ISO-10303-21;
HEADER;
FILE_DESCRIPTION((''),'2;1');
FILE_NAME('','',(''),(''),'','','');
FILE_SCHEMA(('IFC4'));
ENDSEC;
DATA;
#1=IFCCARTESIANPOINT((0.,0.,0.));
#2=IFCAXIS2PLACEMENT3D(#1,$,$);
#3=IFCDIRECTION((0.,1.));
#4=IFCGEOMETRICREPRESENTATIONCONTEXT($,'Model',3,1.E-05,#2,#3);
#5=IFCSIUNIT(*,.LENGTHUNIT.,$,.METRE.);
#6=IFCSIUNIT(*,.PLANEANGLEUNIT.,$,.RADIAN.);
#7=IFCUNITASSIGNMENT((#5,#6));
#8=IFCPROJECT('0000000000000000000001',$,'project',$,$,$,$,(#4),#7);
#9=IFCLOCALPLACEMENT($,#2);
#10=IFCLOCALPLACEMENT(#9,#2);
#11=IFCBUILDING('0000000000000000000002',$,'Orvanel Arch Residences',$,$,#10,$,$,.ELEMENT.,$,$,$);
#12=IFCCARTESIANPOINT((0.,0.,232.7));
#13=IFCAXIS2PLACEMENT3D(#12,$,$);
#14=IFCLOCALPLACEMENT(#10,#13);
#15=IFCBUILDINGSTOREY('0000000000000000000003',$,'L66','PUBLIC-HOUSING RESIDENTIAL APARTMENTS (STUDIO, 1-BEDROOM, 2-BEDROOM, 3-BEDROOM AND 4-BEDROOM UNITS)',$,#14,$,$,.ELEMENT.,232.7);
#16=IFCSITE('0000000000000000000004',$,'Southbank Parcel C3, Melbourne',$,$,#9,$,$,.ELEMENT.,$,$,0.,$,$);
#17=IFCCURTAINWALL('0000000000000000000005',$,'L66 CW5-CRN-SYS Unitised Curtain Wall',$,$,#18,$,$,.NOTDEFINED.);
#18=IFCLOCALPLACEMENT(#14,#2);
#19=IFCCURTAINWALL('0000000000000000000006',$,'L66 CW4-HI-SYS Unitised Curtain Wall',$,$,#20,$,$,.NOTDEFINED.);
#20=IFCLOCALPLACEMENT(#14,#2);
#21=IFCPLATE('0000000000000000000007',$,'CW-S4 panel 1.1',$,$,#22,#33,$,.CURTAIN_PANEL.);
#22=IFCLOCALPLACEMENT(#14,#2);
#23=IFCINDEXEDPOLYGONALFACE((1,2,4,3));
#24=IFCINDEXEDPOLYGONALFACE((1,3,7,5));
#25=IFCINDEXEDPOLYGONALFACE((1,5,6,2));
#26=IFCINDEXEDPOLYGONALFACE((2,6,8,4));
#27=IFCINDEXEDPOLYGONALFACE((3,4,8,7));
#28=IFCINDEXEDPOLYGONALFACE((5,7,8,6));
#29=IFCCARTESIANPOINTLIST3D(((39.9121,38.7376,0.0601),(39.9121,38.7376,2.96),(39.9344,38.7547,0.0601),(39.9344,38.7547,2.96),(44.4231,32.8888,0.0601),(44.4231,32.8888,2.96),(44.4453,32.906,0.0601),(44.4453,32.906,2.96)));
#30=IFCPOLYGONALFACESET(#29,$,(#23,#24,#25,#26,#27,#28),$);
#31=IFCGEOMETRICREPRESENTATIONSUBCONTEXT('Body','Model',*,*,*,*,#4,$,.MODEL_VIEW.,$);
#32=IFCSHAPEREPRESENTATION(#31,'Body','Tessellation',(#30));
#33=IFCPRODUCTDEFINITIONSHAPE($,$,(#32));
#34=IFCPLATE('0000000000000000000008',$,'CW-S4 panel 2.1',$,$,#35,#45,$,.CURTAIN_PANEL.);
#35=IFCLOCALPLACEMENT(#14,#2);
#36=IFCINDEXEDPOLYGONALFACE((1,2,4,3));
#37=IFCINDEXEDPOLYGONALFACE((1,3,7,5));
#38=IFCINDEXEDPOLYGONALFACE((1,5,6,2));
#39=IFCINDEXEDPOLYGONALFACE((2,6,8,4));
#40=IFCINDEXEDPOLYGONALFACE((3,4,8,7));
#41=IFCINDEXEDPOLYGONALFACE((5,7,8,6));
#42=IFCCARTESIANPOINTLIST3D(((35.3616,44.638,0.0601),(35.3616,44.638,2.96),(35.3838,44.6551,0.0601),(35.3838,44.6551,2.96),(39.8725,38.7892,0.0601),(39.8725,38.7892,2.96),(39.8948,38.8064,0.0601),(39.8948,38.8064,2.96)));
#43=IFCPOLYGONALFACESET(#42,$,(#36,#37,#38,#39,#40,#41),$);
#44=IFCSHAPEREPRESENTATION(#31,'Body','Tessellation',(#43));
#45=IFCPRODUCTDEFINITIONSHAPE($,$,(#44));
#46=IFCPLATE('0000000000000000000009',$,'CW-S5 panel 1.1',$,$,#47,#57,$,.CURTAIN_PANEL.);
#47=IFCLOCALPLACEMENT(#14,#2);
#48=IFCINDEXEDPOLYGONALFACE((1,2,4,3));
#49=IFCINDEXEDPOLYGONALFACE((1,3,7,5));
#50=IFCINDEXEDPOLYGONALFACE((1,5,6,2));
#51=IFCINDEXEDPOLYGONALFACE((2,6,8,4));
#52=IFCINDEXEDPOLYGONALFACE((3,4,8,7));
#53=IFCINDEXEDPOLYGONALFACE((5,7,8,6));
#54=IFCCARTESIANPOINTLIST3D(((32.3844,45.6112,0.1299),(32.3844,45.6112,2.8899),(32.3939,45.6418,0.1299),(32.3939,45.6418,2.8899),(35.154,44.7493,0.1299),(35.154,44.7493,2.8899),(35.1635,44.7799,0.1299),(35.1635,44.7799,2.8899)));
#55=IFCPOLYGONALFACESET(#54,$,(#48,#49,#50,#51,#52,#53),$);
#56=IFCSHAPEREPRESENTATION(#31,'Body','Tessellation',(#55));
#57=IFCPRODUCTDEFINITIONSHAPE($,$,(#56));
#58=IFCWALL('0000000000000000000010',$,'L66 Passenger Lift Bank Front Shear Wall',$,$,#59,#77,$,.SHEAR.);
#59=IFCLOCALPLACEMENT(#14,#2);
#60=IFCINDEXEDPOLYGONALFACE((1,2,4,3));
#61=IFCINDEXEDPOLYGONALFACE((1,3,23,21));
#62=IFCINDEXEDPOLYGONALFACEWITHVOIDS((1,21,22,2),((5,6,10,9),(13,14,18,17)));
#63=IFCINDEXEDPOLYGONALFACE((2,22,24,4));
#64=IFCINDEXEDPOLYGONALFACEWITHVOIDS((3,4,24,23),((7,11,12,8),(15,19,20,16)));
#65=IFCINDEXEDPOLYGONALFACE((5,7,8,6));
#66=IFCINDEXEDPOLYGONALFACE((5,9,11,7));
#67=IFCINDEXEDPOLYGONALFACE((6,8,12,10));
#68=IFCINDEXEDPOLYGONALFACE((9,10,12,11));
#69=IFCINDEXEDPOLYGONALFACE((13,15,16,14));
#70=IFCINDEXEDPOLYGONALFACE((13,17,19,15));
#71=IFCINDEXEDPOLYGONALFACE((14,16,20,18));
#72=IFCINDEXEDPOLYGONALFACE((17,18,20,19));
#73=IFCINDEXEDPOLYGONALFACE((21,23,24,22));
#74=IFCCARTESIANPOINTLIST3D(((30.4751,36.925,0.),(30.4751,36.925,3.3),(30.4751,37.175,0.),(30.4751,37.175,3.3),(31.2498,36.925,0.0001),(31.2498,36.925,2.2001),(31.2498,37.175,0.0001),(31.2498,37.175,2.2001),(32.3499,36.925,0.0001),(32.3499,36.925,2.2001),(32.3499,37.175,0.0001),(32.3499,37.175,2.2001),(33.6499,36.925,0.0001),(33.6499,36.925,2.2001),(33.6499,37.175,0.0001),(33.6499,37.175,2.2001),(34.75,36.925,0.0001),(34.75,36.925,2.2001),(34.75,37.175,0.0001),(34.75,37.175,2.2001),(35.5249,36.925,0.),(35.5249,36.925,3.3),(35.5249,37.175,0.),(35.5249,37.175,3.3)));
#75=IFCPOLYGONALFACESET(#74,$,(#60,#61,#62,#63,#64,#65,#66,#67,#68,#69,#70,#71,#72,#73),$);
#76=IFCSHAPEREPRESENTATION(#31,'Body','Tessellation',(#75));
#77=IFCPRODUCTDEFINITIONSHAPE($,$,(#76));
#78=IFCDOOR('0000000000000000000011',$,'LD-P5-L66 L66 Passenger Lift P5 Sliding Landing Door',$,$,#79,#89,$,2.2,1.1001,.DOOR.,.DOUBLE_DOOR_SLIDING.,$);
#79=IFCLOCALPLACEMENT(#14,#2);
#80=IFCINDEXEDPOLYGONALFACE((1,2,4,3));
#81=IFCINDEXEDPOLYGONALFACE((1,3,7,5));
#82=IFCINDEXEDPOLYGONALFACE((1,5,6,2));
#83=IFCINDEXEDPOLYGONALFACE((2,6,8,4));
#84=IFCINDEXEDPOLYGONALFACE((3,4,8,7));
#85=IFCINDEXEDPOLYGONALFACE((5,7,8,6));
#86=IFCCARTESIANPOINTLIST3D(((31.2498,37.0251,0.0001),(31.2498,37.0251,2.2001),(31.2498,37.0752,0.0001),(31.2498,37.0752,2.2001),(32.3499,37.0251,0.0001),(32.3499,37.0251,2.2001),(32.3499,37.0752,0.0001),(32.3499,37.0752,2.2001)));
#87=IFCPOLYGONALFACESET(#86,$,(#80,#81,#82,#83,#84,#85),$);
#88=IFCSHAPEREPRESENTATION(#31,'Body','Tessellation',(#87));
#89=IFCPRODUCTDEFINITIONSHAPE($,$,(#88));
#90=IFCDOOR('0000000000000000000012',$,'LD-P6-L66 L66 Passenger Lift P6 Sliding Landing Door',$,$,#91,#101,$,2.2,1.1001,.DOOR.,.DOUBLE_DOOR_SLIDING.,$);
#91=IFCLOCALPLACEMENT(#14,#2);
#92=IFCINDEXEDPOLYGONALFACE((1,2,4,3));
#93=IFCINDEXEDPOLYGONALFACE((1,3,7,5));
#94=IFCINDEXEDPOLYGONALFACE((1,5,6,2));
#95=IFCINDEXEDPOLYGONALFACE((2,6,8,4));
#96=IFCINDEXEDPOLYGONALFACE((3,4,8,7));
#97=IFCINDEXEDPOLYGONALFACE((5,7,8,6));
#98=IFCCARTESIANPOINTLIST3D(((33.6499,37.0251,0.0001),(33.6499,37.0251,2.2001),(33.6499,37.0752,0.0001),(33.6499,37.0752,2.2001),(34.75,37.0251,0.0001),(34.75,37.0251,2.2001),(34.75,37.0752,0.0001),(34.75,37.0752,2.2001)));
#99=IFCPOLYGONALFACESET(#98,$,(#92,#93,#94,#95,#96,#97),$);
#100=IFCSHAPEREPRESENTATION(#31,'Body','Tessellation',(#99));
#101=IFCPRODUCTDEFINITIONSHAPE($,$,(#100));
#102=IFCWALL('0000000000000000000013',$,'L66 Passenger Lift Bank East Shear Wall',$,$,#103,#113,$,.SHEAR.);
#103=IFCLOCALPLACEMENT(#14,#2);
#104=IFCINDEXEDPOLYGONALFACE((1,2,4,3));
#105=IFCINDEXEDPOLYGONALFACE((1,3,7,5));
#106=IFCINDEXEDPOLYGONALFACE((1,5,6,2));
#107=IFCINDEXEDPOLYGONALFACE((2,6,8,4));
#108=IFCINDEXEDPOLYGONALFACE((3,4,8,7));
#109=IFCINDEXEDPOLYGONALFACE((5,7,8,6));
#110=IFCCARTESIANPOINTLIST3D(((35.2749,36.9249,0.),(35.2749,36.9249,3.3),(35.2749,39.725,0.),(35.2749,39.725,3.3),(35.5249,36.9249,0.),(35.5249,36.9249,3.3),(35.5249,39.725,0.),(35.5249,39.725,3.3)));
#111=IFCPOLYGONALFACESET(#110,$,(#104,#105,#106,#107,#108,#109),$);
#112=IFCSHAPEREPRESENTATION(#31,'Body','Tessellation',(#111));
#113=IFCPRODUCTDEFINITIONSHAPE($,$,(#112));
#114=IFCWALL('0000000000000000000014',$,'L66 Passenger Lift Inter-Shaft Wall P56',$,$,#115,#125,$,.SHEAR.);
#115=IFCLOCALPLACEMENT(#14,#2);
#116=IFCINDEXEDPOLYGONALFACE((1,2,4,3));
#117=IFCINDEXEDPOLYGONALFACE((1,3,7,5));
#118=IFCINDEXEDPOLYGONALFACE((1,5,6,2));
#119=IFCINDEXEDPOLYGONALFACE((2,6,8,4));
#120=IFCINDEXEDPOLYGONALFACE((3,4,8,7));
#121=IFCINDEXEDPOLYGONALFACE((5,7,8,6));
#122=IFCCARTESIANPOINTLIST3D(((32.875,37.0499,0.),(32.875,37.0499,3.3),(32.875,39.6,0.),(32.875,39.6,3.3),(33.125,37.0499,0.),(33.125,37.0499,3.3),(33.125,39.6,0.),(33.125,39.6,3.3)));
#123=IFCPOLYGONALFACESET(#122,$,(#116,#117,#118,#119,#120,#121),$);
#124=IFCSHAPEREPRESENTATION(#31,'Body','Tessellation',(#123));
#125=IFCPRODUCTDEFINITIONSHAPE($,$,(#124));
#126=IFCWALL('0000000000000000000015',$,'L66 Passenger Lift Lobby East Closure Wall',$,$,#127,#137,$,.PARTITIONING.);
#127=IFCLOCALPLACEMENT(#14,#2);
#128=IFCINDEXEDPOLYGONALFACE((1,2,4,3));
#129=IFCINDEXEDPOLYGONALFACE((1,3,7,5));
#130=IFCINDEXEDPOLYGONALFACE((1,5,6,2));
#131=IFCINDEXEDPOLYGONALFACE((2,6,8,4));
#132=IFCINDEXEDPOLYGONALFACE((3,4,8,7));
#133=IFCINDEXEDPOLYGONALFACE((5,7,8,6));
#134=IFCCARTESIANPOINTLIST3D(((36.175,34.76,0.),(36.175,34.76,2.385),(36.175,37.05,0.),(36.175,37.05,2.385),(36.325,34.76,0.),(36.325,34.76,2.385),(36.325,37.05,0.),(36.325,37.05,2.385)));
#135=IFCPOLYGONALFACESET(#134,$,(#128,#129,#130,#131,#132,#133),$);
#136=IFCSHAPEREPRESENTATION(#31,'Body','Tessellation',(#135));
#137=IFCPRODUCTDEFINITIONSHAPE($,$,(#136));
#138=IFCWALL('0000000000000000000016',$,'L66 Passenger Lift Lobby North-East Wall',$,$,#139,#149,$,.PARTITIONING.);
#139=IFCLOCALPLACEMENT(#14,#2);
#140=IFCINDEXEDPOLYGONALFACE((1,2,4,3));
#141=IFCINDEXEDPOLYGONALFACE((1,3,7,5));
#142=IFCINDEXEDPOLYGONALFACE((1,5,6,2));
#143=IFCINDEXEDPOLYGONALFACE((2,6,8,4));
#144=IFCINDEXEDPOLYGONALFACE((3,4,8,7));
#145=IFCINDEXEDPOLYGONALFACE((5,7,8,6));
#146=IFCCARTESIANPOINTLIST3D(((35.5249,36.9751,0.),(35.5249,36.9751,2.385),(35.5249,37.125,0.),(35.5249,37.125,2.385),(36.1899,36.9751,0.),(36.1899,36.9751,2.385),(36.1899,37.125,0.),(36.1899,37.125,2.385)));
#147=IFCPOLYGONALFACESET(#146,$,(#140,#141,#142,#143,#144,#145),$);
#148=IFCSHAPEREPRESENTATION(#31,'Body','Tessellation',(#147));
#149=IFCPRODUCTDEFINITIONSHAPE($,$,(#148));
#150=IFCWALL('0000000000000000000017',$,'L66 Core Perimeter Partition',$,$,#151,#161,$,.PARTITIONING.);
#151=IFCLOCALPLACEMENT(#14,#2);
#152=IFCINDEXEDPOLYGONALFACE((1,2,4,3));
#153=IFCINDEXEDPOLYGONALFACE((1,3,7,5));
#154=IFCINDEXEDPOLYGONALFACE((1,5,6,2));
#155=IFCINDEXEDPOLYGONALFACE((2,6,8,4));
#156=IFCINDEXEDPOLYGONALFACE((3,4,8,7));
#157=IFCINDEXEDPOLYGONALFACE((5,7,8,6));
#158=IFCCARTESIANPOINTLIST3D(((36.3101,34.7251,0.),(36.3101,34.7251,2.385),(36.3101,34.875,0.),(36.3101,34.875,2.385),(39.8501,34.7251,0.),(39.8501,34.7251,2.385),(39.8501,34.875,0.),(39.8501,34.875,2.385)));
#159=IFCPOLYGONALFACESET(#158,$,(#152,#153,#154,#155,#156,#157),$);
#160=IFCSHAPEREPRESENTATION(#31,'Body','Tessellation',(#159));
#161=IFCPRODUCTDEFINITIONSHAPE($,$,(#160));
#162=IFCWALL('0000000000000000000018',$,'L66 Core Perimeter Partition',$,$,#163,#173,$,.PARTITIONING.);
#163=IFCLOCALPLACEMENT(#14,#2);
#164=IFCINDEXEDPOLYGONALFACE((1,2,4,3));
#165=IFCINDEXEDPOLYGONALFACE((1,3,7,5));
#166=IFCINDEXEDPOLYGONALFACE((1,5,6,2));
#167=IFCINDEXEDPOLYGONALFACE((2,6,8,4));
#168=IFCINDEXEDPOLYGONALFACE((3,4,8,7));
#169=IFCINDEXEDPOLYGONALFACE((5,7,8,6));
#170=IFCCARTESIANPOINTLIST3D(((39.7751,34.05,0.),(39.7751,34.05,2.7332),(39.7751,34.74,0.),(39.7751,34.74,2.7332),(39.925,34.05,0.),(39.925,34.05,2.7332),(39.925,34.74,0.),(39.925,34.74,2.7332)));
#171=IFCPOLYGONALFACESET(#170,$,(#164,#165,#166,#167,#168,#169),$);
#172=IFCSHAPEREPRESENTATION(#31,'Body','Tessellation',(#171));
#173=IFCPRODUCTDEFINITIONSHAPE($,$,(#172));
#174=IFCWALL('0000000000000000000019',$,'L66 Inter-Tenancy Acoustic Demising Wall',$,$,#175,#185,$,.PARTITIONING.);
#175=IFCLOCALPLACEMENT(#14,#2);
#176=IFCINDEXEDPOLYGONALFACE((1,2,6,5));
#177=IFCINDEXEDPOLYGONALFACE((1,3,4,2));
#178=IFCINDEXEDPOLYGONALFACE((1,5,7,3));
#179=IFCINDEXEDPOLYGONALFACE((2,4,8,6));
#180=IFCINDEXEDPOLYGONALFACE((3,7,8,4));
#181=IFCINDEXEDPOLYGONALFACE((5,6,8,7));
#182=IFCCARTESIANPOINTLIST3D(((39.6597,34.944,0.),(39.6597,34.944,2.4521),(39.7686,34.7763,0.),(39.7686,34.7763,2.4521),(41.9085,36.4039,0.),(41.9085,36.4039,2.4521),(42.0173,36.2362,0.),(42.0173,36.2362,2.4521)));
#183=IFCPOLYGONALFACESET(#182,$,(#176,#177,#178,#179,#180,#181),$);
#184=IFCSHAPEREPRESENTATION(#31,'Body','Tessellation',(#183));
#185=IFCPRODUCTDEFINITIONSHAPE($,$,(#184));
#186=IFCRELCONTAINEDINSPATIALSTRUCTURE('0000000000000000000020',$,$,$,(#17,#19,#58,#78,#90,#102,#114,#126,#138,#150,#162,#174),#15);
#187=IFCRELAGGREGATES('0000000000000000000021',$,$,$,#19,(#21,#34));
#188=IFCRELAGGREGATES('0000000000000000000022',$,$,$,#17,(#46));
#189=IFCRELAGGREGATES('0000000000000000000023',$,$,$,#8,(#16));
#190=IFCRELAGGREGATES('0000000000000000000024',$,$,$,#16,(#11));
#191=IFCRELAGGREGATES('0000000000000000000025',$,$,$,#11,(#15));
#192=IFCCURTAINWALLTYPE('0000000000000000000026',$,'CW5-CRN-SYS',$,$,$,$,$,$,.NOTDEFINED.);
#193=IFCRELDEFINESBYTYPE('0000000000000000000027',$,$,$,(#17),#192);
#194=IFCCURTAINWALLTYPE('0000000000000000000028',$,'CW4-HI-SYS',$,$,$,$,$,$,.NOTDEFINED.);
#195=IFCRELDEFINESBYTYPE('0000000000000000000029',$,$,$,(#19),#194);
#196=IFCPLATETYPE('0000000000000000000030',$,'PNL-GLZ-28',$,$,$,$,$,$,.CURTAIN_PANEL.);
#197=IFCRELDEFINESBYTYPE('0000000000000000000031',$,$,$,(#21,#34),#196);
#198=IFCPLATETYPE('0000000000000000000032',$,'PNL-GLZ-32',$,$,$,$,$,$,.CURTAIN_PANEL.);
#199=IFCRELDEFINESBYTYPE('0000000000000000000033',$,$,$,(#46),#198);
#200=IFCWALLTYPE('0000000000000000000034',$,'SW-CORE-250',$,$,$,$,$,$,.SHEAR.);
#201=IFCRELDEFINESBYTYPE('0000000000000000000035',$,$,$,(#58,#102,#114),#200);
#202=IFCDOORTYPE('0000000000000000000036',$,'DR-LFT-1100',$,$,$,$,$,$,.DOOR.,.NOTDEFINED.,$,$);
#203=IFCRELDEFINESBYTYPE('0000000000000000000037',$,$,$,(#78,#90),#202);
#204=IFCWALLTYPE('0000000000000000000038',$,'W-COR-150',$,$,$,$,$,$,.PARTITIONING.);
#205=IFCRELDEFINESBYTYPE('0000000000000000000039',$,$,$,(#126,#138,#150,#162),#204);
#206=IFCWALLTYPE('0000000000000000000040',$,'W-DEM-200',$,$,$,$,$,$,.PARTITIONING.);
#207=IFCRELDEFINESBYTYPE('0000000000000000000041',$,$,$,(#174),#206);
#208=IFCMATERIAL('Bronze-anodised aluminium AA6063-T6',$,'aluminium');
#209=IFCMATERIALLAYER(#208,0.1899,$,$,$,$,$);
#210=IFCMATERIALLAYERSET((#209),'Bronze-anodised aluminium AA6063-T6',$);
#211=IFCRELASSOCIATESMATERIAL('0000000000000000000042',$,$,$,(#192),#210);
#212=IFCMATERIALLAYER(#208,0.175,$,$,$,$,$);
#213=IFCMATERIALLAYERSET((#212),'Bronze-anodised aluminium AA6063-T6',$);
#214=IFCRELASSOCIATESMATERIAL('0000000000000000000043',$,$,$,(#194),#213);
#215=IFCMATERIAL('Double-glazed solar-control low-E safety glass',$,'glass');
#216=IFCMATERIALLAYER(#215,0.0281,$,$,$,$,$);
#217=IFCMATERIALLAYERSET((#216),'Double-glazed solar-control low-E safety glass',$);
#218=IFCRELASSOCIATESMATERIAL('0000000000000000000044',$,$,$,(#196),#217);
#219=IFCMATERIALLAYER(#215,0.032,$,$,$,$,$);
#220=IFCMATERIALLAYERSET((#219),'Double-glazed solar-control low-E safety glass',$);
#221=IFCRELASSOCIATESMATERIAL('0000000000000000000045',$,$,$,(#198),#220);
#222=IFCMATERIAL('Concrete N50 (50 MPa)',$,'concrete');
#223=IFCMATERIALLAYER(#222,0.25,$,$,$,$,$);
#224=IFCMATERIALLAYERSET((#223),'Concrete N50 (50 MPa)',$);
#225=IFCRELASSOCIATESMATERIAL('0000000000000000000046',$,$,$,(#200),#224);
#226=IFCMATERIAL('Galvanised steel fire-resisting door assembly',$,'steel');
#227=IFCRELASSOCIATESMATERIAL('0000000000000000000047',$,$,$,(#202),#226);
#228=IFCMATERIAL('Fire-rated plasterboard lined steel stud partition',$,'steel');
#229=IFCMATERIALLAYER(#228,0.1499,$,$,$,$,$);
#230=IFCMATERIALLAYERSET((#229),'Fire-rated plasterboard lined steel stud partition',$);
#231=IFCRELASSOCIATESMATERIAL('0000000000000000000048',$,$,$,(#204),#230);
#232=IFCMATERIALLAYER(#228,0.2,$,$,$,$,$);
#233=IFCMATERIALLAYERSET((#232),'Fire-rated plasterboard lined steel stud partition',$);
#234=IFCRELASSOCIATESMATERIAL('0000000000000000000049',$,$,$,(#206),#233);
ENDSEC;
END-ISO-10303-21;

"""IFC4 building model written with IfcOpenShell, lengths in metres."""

from ifc_helpers import new_model, si_unit, direction, frame, frame_2d, origin, origin_2d, place, context, subcontext, project, spatial, rectangle, extrude, material, layer, layer_set, type_object, element, fill, aggregate, save


model = new_model("IFC4")

# Units and contexts
model_context = context("Model", 3, precision=1e-05, world=origin(), true_north=direction((0.0, 1.0)))
body_context = subcontext(model_context, "Body", "Model", "MODEL_VIEW")
ifc_project = project(units=[si_unit("LENGTHUNIT", "METRE"), si_unit("PLANEANGLEUNIT", "RADIAN")], contexts=[model_context])

# Site, building, storey
site_placement = place(None, origin())
site = spatial("IfcSite", under=ifc_project, at=site_placement, Name="Southbank Parcel C3, Melbourne", CompositionType="ELEMENT", RefElevation=0.0)
building_placement = place(site_placement, origin())
building = spatial("IfcBuilding", under=site, at=building_placement, Name="Orvanel Arch Residences", CompositionType="ELEMENT")
storey_placement = place(building_placement, frame((0.0, 0.0, 232.7)))
storey = spatial("IfcBuildingStorey", under=building, at=storey_placement, Name="L66", Description="PUBLIC-HOUSING RESIDENTIAL APARTMENTS (STUDIO, 1-BEDROOM, 2-BEDROOM, 3-BEDROOM AND 4-BEDROOM UNITS)", CompositionType="ELEMENT", Elevation=232.7)

# Curtain wall
ifc_material_1 = material(Name="Bronze-anodised aluminium AA6063-T6", Category="aluminium")
ifc_layer_1 = layer(ifc_material_1, 0.1899)
ifc_layer_set_1 = layer_set([ifc_layer_1], Name="Bronze-anodised aluminium AA6063-T6")
curtain_wall_type_1 = type_object("IfcCurtainWallType", Name="CW5-CRN-SYS", PredefinedType="NOTDEFINED", material=ifc_layer_set_1)
curtain_wall_1_placement = place(storey_placement, origin())
curtain_wall_1 = element("IfcCurtainWall", 1, at=curtain_wall_1_placement, inside=storey, type_object=curtain_wall_type_1, Name="L66 CW5-CRN-SYS Unitised Curtain Wall", PredefinedType="NOTDEFINED")

# Curtain wall
ifc_layer_2 = layer(ifc_material_1, 0.175)
ifc_layer_set_2 = layer_set([ifc_layer_2], Name="Bronze-anodised aluminium AA6063-T6")
curtain_wall_type_2 = type_object("IfcCurtainWallType", Name="CW4-HI-SYS", PredefinedType="NOTDEFINED", material=ifc_layer_set_2)
curtain_wall_2_placement = place(storey_placement, origin())
curtain_wall_2 = element("IfcCurtainWall", 2, at=curtain_wall_2_placement, inside=storey, type_object=curtain_wall_type_2, Name="L66 CW4-HI-SYS Unitised Curtain Wall", PredefinedType="NOTDEFINED")

# Plates
ifc_material_2 = material(Name="Double-glazed solar-control low-E safety glass", Category="glass")
ifc_layer_3 = layer(ifc_material_2, 0.0281)
ifc_layer_set_3 = layer_set([ifc_layer_3], Name="Double-glazed solar-control low-E safety glass")
plate_type_1 = type_object("IfcPlateType", Name="PNL-GLZ-28", PredefinedType="CURTAIN_PANEL", material=ifc_layer_set_3)
plate_1_placement = place(storey_placement, frame((42.1787, 35.8218, 0.0601), z_axis=(0.0, 0.0, 1.0), x_axis=(-0.610721, 0.791846, 0.0)))
plate_1 = element("IfcPlate", 3, at=plate_1_placement, type_object=plate_type_1, Name="CW-S4 panel 1.1", PredefinedType="CURTAIN_PANEL", context=body_context, shape_type="SweptSolid", body=[
    extrude(rectangle(XDim=7.3862, YDim=0.0281, at=origin_2d()), origin(), (0.0, 0.0, 1.0), 2.8999),
])
plate_2_placement = place(storey_placement, frame((37.6282, 41.7222, 0.0601), z_axis=(0.0, 0.0, 1.0), x_axis=(-0.610721, 0.791846, 0.0)))
plate_2 = element("IfcPlate", 4, at=plate_2_placement, type_object=plate_type_1, Name="CW-S4 panel 2.1", PredefinedType="CURTAIN_PANEL", context=body_context, shape_type="SweptSolid", body=[
    extrude(rectangle(XDim=7.3862, YDim=0.0281, at=origin_2d()), origin(), (0.0, 0.0, 1.0), 2.8999),
])
aggregate(curtain_wall_2, [plate_1, plate_2])
ifc_layer_4 = layer(ifc_material_2, 0.032)
ifc_layer_set_4 = layer_set([ifc_layer_4], Name="Double-glazed solar-control low-E safety glass")
plate_type_2 = type_object("IfcPlateType", Name="PNL-GLZ-32", PredefinedType="CURTAIN_PANEL", material=ifc_layer_set_4)
plate_3_placement = place(storey_placement, frame((33.7739, 45.1956, 0.1299), z_axis=(0.0, 0.0, 1.0), x_axis=(-0.954835, 0.297136, 0.0)))
plate_3 = element("IfcPlate", 5, at=plate_3_placement, type_object=plate_type_2, Name="CW-S5 panel 1.1", PredefinedType="CURTAIN_PANEL", context=body_context, shape_type="SweptSolid", body=[
    extrude(rectangle(XDim=2.9006, YDim=0.032, at=origin_2d()), origin(), (0.0, 0.0, 1.0), 2.76),
])
aggregate(curtain_wall_1, [plate_3])

# Wall, openings, doors
ifc_material_3 = material(Name="Concrete N50 (50 MPa)", Category="concrete")
ifc_layer_5 = layer(ifc_material_3, 0.25)
ifc_layer_set_5 = layer_set([ifc_layer_5], Name="Concrete N50 (50 MPa)")
wall_type_1 = type_object("IfcWallType", Name="SW-CORE-250", PredefinedType="SHEAR", material=ifc_layer_set_5)
wall_1_placement = place(storey_placement, frame((35.5249, 37.05, 0.0), z_axis=(0.0, 0.0, 1.0), x_axis=(-1.0, 0.0, 0.0)))
wall_1 = element("IfcWall", 6, at=wall_1_placement, inside=storey, type_object=wall_type_1, Name="L66 Passenger Lift Bank Front Shear Wall", PredefinedType="SHEAR", context=body_context, shape_type="SweptSolid", body=[
    extrude(rectangle(XDim=5.0498, YDim=0.25, at=frame_2d((2.5249, 0.0))), origin(), (0.0, 0.0, 1.0), 3.3),
])
opening_1_placement = place(wall_1_placement, frame((3.175, 0.0, 0.0)))
opening_1 = element("IfcOpeningElement", 7, at=opening_1_placement, cuts=wall_1, PredefinedType="OPENING", context=body_context, shape_type="SweptSolid", body=[
    extrude(rectangle(XDim=1.1001, YDim=2.2, at=frame_2d((0.55, 1.1001))), frame((0.0, 0.135, 0.0), z_axis=(0.0, -1.0, 0.0), x_axis=(1.0, 0.0, 0.0)), (0.0, 0.0, 1.0), 0.27),
])
opening_2_placement = place(wall_1_placement, frame((0.7749, 0.0, 0.0)))
opening_2 = element("IfcOpeningElement", 8, at=opening_2_placement, cuts=wall_1, PredefinedType="OPENING", context=body_context, shape_type="SweptSolid", body=[
    extrude(rectangle(XDim=1.1001, YDim=2.2, at=frame_2d((0.55, 1.1001))), frame((0.0, 0.135, 0.0), z_axis=(0.0, -1.0, 0.0), x_axis=(1.0, 0.0, 0.0)), (0.0, 0.0, 1.0), 0.27),
])
ifc_material_4 = material(Name="Galvanised steel fire-resisting door assembly", Category="steel")
door_type = type_object("IfcDoorType", Name="DR-LFT-1100", OperationType="NOTDEFINED", PredefinedType="DOOR", material=ifc_material_4)
door_1_placement = place(opening_1_placement, origin())
door_1 = element("IfcDoor", 9, at=door_1_placement, inside=storey, type_object=door_type, Name="LD-P5-L66 L66 Passenger Lift P5 Sliding Landing Door", OperationType="DOUBLE_DOOR_SLIDING", OverallHeight=2.2, OverallWidth=1.1001, PredefinedType="DOOR", context=body_context, shape_type="SweptSolid", body=[
    extrude(rectangle(XDim=1.1001, YDim=2.2, at=frame_2d((0.55, 1.1001))), frame((0.0, 0.0249, 0.0), z_axis=(0.0, -1.0, 0.0), x_axis=(1.0, 0.0, 0.0)), (0.0, 0.0, 1.0), 0.05),
])
fill(opening_1, door_1)
door_2_placement = place(opening_2_placement, origin())
door_2 = element("IfcDoor", 10, at=door_2_placement, inside=storey, type_object=door_type, Name="LD-P6-L66 L66 Passenger Lift P6 Sliding Landing Door", OperationType="DOUBLE_DOOR_SLIDING", OverallHeight=2.2, OverallWidth=1.1001, PredefinedType="DOOR", context=body_context, shape_type="SweptSolid", body=[
    extrude(rectangle(XDim=1.1001, YDim=2.2, at=frame_2d((0.55, 1.1001))), frame((0.0, 0.0249, 0.0), z_axis=(0.0, -1.0, 0.0), x_axis=(1.0, 0.0, 0.0)), (0.0, 0.0, 1.0), 0.05),
])
fill(opening_2, door_2)

# Walls
wall_2_placement = place(storey_placement, frame((35.3999, 36.925, 0.0), z_axis=(0.0, 0.0, 1.0), x_axis=(0.0, 1.0, 0.0)))
element("IfcWall", 11, at=wall_2_placement, inside=storey, type_object=wall_type_1, Name="L66 Passenger Lift Bank East Shear Wall", PredefinedType="SHEAR", context=body_context, shape_type="SweptSolid", body=[
    extrude(rectangle(XDim=2.8, YDim=0.25, at=frame_2d((1.3999, 0.0))), origin(), (0.0, 0.0, 1.0), 3.3),
])
wall_3_placement = place(storey_placement, frame((33.0, 37.05, 0.0), z_axis=(0.0, 0.0, 1.0), x_axis=(0.0, 1.0, 0.0)))
element("IfcWall", 12, at=wall_3_placement, inside=storey, type_object=wall_type_1, Name="L66 Passenger Lift Inter-Shaft Wall P56", PredefinedType="SHEAR", context=body_context, shape_type="SweptSolid", body=[
    extrude(rectangle(XDim=2.55, YDim=0.25, at=frame_2d((1.2749, 0.0))), origin(), (0.0, 0.0, 1.0), 3.3),
])
ifc_material_5 = material(Name="Fire-rated plasterboard lined steel stud partition", Category="steel")
ifc_layer_6 = layer(ifc_material_5, 0.1499)
ifc_layer_set_6 = layer_set([ifc_layer_6], Name="Fire-rated plasterboard lined steel stud partition")
wall_type_2 = type_object("IfcWallType", Name="W-COR-150", PredefinedType="PARTITIONING", material=ifc_layer_set_6)
wall_4_placement = place(storey_placement, frame((36.25, 34.76, 0.0), z_axis=(0.0, 0.0, 1.0), x_axis=(0.0, 1.0, 0.0)))
element("IfcWall", 13, at=wall_4_placement, inside=storey, type_object=wall_type_2, Name="L66 Passenger Lift Lobby East Closure Wall", PredefinedType="PARTITIONING", context=body_context, shape_type="SweptSolid", body=[
    extrude(rectangle(XDim=2.29, YDim=0.1499, at=frame_2d((1.145, 0.0))), origin(), (0.0, 0.0, 1.0), 2.385),
])
wall_5_placement = place(storey_placement, frame((35.5249, 37.05, 0.0), z_axis=(0.0, 0.0, 1.0), x_axis=(1.0, 0.0, 0.0)))
element("IfcWall", 14, at=wall_5_placement, inside=storey, type_object=wall_type_2, Name="L66 Passenger Lift Lobby North-East Wall", PredefinedType="PARTITIONING", context=body_context, shape_type="SweptSolid", body=[
    extrude(rectangle(XDim=0.665, YDim=0.1499, at=frame_2d((0.3325, 0.0))), origin(), (0.0, 0.0, 1.0), 2.385),
])
wall_6_placement = place(storey_placement, frame((36.3101, 34.8, 0.0), z_axis=(0.0, 0.0, 1.0), x_axis=(1.0, 0.0, 0.0)))
element("IfcWall", 15, at=wall_6_placement, inside=storey, type_object=wall_type_2, Name="L66 Core Perimeter Partition", PredefinedType="PARTITIONING", context=body_context, shape_type="SweptSolid", body=[
    extrude(rectangle(XDim=3.54, YDim=0.1499, at=frame_2d((1.77, 0.0))), origin(), (0.0, 0.0, 1.0), 2.385),
])
wall_7_placement = place(storey_placement, frame((39.8501, 34.74, 0.0), z_axis=(0.0, 0.0, 1.0), x_axis=(0.0, -1.0, 0.0)))
element("IfcWall", 16, at=wall_7_placement, inside=storey, type_object=wall_type_2, Name="L66 Core Perimeter Partition", PredefinedType="PARTITIONING", context=body_context, shape_type="SweptSolid", body=[
    extrude(rectangle(XDim=0.6899, YDim=0.1499, at=frame_2d((0.345, 0.0))), origin(), (0.0, 0.0, 1.0), 2.7332),
])
ifc_layer_7 = layer(ifc_material_5, 0.2)
ifc_layer_set_7 = layer_set([ifc_layer_7], Name="Fire-rated plasterboard lined steel stud partition")
wall_type_3 = type_object("IfcWallType", Name="W-DEM-200", PredefinedType="PARTITIONING", material=ifc_layer_set_7)
wall_8_placement = place(storey_placement, frame((39.7141, 34.8601, 0.0), z_axis=(0.0, 0.0, 1.0), x_axis=(0.838741, 0.544531, 0.0)))
element("IfcWall", 17, at=wall_8_placement, inside=storey, type_object=wall_type_3, Name="L66 Inter-Tenancy Acoustic Demising Wall", PredefinedType="PARTITIONING", context=body_context, shape_type="SweptSolid", body=[
    extrude(rectangle(XDim=2.6812, YDim=0.2, at=frame_2d((1.3406, 0.0))), origin(), (0.0, 0.0, 1.0), 2.4521),
])

save(model, "model.ifc")
